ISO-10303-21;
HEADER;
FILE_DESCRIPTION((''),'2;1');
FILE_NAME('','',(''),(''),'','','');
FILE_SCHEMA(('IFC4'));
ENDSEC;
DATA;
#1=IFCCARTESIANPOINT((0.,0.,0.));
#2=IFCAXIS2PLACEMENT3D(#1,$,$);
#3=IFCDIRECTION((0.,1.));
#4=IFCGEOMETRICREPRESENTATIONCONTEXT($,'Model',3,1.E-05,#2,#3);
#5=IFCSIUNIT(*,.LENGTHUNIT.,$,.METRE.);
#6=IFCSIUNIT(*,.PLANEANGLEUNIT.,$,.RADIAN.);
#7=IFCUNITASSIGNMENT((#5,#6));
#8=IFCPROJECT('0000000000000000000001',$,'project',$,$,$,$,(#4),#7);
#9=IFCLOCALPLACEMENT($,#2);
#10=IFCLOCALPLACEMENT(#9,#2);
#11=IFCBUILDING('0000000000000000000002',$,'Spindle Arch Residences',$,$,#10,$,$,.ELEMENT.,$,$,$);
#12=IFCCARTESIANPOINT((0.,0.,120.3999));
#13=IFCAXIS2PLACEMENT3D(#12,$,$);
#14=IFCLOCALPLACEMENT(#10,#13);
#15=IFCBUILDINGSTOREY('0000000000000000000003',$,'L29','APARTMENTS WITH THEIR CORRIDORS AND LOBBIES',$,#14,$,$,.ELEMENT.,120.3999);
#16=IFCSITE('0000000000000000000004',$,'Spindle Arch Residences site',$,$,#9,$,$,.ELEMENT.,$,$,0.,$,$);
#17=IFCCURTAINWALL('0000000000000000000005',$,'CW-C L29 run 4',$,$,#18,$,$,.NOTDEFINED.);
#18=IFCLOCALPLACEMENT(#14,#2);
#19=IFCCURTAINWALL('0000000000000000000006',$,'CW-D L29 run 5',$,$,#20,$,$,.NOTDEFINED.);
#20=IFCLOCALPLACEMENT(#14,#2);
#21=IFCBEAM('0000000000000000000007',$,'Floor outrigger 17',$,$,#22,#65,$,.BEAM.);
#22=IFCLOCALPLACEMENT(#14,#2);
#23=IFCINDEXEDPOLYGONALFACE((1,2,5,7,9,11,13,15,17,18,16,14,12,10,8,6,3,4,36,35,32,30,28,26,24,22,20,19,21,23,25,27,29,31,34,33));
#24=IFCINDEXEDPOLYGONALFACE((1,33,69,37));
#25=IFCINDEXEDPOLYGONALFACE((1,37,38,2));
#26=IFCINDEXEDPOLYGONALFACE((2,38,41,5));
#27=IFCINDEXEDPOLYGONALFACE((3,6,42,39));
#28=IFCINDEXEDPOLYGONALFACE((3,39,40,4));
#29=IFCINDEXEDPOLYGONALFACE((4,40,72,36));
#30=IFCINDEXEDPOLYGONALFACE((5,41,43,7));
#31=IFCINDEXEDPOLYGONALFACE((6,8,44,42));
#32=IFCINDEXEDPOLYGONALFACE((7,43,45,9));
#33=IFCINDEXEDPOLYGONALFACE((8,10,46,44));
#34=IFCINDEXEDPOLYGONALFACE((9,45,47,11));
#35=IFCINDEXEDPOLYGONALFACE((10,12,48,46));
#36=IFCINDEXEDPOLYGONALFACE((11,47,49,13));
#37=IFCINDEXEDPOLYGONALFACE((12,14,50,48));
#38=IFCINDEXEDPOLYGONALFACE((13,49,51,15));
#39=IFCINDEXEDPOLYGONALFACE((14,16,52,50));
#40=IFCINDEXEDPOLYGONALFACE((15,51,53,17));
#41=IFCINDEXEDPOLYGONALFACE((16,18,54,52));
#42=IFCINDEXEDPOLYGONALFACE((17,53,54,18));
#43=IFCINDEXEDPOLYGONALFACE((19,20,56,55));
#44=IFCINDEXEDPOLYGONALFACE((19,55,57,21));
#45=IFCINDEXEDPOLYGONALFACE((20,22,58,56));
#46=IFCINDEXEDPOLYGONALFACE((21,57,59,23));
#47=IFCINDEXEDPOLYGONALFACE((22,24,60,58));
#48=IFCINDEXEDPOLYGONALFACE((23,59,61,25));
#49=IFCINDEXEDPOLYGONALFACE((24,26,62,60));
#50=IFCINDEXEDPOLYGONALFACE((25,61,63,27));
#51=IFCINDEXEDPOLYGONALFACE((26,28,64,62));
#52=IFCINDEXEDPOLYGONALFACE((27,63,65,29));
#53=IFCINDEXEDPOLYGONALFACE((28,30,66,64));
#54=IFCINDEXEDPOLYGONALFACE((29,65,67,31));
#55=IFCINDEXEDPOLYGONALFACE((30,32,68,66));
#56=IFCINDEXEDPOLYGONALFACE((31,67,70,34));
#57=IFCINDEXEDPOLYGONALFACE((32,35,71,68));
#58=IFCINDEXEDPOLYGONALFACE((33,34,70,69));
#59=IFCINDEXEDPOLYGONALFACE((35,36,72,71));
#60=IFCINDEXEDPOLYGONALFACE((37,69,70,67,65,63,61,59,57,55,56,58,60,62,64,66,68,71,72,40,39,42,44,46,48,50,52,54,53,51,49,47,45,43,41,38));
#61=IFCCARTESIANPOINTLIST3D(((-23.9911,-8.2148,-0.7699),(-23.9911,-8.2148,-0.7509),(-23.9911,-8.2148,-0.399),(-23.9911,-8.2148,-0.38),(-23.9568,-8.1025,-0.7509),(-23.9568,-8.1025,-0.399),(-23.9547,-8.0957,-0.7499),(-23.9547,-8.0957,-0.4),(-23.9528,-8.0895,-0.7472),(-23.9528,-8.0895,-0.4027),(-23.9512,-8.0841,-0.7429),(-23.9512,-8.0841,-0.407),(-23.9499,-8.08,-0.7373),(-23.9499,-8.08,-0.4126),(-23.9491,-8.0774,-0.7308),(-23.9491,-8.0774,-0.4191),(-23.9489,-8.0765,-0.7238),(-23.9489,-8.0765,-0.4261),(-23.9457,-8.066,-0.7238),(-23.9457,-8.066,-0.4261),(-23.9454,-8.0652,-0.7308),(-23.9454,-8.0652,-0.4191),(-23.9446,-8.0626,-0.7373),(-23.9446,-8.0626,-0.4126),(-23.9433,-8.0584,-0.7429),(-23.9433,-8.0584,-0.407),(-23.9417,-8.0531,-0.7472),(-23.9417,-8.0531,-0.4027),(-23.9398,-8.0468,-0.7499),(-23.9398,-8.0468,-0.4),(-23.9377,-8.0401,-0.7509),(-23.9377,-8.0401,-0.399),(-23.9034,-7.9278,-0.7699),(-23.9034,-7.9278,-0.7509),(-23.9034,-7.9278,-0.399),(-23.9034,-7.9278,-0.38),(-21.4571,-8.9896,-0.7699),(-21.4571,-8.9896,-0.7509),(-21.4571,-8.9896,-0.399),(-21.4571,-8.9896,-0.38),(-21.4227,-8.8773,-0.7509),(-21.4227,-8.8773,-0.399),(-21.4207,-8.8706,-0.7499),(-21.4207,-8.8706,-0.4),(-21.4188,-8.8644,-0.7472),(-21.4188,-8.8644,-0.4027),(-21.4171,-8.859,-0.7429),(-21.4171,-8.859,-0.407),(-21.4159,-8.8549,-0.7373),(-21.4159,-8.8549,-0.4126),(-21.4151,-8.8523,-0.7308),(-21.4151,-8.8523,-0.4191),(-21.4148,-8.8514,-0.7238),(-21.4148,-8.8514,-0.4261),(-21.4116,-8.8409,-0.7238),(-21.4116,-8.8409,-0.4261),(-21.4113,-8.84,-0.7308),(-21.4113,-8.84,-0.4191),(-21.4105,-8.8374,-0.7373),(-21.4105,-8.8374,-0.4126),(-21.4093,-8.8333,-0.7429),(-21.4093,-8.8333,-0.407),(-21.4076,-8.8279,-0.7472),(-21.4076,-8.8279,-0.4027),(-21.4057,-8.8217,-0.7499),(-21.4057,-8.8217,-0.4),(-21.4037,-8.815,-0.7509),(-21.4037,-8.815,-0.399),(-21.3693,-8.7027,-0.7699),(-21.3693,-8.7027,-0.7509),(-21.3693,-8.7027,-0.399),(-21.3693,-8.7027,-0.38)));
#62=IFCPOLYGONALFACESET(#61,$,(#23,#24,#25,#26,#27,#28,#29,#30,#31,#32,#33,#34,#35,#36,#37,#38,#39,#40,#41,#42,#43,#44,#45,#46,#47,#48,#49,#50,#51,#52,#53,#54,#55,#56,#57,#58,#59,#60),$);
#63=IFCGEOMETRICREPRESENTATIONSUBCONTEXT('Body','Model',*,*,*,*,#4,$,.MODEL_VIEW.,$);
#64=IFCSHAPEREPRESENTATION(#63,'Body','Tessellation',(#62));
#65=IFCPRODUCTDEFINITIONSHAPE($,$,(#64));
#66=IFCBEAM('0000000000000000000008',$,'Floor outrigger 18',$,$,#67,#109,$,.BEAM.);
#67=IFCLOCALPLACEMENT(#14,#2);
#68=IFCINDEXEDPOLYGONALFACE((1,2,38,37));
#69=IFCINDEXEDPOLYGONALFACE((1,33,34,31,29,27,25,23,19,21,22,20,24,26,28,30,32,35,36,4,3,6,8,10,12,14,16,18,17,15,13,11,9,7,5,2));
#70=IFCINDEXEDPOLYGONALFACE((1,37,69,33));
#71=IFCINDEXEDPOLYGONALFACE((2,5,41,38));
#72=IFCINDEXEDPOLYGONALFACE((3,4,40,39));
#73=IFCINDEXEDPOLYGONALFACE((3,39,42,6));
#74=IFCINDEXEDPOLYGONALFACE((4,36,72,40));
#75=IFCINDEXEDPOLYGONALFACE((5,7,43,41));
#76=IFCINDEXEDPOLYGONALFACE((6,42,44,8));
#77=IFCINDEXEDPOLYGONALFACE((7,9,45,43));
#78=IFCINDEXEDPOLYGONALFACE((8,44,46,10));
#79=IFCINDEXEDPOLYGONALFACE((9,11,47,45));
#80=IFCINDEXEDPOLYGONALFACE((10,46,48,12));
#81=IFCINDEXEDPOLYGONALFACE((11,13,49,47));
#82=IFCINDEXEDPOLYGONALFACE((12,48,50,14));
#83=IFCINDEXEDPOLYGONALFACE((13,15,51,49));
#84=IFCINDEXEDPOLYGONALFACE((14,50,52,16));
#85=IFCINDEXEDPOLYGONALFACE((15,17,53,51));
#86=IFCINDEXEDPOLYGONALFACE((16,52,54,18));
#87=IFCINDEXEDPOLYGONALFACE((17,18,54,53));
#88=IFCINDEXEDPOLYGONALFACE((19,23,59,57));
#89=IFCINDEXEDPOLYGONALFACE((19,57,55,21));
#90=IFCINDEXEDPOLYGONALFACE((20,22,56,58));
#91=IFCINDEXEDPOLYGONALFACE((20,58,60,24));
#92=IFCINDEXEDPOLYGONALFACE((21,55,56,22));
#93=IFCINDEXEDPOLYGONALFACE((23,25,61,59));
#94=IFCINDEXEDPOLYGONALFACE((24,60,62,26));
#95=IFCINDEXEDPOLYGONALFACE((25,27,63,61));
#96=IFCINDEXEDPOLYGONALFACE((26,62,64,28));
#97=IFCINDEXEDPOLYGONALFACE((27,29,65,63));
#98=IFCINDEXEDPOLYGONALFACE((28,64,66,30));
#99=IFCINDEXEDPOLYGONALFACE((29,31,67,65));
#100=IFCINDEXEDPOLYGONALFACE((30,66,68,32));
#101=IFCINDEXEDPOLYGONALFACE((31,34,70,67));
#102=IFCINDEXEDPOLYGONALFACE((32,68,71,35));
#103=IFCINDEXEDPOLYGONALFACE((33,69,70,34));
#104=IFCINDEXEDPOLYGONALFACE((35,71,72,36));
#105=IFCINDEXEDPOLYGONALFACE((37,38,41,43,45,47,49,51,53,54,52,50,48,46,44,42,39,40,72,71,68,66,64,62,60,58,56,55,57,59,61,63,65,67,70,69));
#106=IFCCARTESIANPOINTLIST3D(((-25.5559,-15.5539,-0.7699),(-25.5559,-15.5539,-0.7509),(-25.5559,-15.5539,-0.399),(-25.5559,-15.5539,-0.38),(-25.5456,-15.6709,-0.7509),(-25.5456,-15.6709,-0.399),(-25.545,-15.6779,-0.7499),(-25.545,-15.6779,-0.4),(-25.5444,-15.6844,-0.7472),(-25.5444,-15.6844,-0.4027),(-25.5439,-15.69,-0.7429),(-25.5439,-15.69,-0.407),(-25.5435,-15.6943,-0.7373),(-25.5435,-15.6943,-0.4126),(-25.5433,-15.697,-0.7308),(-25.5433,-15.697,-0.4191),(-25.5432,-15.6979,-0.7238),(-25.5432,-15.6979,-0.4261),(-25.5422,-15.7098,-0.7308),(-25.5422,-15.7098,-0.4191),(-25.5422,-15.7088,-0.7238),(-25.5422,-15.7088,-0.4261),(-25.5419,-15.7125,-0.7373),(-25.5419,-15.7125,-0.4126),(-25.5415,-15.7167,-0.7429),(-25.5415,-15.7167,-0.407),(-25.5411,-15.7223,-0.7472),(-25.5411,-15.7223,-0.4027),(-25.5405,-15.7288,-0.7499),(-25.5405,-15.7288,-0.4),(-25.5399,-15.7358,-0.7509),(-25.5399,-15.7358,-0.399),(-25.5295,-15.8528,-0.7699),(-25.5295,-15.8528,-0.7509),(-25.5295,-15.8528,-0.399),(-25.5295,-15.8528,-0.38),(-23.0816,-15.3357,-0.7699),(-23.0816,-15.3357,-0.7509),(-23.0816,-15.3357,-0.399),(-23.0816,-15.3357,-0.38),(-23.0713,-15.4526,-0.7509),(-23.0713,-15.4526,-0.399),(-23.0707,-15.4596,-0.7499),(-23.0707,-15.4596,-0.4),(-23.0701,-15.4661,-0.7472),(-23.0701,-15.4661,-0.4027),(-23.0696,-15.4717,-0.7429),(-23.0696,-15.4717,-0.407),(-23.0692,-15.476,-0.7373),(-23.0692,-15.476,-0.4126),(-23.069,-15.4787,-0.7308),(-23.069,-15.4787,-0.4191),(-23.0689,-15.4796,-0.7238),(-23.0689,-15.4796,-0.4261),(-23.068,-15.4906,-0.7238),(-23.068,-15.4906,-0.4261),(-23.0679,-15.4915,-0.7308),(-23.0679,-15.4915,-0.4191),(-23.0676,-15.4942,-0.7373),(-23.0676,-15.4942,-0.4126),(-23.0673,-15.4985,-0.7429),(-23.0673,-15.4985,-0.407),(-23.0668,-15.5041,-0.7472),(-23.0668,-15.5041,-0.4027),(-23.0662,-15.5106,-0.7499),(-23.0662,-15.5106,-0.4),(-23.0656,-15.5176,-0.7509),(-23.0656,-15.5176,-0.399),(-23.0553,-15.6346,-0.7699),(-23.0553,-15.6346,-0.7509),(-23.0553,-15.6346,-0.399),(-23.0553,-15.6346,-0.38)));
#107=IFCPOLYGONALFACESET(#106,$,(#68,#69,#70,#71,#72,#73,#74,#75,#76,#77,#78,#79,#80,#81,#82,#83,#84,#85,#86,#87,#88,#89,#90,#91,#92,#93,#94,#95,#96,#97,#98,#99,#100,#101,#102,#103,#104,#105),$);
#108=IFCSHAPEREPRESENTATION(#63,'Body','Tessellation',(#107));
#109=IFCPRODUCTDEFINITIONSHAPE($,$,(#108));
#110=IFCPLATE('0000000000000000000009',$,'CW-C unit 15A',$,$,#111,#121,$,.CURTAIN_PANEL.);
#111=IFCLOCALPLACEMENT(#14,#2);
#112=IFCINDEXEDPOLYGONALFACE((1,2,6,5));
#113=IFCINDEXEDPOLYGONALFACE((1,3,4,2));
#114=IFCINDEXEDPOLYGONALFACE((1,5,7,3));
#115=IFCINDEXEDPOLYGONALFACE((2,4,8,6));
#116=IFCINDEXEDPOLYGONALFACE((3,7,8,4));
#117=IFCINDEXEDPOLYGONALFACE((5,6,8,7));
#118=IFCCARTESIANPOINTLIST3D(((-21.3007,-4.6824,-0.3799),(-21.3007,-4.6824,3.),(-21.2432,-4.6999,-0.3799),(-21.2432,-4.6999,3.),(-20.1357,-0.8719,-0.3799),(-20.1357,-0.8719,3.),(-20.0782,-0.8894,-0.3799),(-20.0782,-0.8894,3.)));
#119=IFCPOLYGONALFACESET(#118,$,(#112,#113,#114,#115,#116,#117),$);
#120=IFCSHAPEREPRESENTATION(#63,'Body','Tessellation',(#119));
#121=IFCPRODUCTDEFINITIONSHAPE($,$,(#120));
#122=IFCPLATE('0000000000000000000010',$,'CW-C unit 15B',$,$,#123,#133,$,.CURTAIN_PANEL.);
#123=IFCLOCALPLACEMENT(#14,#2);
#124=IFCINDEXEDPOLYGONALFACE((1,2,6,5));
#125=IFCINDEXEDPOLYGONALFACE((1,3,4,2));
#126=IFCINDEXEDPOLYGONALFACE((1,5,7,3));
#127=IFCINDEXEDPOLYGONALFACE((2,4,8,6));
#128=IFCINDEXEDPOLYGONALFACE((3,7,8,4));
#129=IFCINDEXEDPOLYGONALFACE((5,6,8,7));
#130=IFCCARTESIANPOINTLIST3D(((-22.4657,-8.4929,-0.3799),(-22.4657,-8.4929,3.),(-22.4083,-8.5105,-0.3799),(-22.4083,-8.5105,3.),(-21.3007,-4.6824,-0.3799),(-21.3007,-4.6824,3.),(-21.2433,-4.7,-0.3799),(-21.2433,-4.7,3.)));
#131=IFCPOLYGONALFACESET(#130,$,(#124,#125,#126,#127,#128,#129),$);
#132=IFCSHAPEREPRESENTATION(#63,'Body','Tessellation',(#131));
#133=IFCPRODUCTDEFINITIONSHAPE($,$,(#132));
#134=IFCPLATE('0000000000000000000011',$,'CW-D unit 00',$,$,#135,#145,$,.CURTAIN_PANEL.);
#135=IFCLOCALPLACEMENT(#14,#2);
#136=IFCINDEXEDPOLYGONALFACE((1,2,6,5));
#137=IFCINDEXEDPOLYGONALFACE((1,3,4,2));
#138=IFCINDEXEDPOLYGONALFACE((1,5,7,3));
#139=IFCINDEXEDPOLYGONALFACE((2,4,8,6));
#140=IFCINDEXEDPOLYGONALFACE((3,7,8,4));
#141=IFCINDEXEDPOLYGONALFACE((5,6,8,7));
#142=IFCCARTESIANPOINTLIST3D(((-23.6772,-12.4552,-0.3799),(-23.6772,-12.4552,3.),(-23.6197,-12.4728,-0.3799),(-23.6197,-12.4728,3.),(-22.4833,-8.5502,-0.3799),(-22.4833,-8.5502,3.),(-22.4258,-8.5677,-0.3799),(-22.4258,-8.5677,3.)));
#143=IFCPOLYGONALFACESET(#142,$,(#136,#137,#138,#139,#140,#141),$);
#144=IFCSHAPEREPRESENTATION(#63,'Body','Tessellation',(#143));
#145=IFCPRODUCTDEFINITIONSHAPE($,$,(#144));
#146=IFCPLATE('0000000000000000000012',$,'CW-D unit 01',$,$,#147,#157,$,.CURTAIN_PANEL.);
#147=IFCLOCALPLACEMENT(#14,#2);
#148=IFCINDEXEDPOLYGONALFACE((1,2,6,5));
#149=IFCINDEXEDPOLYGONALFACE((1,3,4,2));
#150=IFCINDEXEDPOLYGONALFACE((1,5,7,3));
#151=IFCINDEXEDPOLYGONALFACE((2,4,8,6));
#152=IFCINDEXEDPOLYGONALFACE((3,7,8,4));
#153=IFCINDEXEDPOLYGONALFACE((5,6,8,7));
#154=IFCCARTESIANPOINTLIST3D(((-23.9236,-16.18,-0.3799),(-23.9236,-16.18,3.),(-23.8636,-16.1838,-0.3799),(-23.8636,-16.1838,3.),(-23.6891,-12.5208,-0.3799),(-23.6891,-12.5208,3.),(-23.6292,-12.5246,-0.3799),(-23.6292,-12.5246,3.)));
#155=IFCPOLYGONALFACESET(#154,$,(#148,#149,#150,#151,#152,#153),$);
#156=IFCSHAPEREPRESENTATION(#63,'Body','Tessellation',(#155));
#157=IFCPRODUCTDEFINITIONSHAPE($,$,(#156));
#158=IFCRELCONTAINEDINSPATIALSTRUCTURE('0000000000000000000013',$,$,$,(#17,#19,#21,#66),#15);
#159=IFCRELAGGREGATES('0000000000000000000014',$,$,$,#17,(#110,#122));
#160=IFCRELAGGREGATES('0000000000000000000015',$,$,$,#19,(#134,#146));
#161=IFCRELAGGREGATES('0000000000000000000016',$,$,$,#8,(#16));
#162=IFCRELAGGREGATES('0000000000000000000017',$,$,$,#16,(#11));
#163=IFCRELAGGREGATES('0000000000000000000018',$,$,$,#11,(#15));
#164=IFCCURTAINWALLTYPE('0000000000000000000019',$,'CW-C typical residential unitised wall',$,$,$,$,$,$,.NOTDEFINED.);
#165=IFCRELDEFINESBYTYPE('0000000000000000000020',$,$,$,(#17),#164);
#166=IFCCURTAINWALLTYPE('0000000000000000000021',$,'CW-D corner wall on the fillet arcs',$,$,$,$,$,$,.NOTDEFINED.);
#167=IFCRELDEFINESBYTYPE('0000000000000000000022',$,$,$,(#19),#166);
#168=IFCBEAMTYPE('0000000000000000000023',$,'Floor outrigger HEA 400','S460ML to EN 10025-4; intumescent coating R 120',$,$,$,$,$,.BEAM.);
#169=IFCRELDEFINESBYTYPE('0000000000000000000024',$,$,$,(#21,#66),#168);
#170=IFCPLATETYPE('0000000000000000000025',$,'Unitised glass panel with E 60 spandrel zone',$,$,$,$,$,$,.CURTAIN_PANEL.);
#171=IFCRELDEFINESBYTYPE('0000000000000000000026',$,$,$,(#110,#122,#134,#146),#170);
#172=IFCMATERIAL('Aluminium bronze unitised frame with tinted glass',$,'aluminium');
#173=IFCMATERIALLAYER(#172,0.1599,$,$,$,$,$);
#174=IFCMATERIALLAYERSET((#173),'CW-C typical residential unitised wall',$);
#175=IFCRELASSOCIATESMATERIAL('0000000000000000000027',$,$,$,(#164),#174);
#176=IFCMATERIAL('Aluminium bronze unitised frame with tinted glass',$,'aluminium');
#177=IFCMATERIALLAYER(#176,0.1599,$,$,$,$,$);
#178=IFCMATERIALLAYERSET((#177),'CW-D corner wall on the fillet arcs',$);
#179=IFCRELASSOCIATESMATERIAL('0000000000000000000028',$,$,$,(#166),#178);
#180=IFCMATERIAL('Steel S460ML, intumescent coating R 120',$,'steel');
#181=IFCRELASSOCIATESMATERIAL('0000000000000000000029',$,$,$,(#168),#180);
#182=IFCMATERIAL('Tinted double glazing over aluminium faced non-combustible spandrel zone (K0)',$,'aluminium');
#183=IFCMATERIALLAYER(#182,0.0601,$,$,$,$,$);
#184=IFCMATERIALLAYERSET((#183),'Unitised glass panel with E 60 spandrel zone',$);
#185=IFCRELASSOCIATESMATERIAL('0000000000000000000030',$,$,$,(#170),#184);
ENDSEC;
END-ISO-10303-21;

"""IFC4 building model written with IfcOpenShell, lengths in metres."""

from ifc_helpers import new_model, si_unit, direction, frame, origin, origin_2d, place, context, subcontext, project, spatial, rectangle, i_section, extrude, material, layer, layer_set, material_profile, profile_set, type_object, element, aggregate, save


model = new_model("IFC4")

# Units and contexts
model_context = context("Model", 3, precision=1e-05, world=origin(), true_north=direction((0.0, 1.0)))
body_context = subcontext(model_context, "Body", "Model", "MODEL_VIEW")
ifc_project = project(units=[si_unit("LENGTHUNIT", "METRE"), si_unit("PLANEANGLEUNIT", "RADIAN")], contexts=[model_context])

# Site, building, storey
site_placement = place(None, origin())
site = spatial("IfcSite", under=ifc_project, at=site_placement, Name="Spindle Arch Residences site", CompositionType="ELEMENT", RefElevation=0.0)
building_placement = place(site_placement, origin())
building = spatial("IfcBuilding", under=site, at=building_placement, Name="Spindle Arch Residences", CompositionType="ELEMENT")
storey_placement = place(building_placement, frame((0.0, 0.0, 120.3999)))
storey = spatial("IfcBuildingStorey", under=building, at=storey_placement, Name="L29", Description="APARTMENTS WITH THEIR CORRIDORS AND LOBBIES", CompositionType="ELEMENT", Elevation=120.3999)

# Curtain wall
ifc_material_1 = material(Name="Aluminium bronze unitised frame with tinted glass", Category="aluminium")
ifc_layer_1 = layer(ifc_material_1, 0.1599)
ifc_layer_set_1 = layer_set([ifc_layer_1], Name="CW-C typical residential unitised wall")
curtain_wall_type_1 = type_object("IfcCurtainWallType", Name="CW-C typical residential unitised wall", PredefinedType="NOTDEFINED", material=ifc_layer_set_1)
curtain_wall_1_placement = place(storey_placement, origin())
curtain_wall_1 = element("IfcCurtainWall", 1, at=curtain_wall_1_placement, inside=storey, type_object=curtain_wall_type_1, Name="CW-C L29 run 4", PredefinedType="NOTDEFINED")

# Curtain wall
ifc_material_2 = material(Name="Aluminium bronze unitised frame with tinted glass", Category="aluminium")
ifc_layer_2 = layer(ifc_material_2, 0.1599)
ifc_layer_set_2 = layer_set([ifc_layer_2], Name="CW-D corner wall on the fillet arcs")
curtain_wall_type_2 = type_object("IfcCurtainWallType", Name="CW-D corner wall on the fillet arcs", PredefinedType="NOTDEFINED", material=ifc_layer_set_2)
curtain_wall_2_placement = place(storey_placement, origin())
curtain_wall_2 = element("IfcCurtainWall", 2, at=curtain_wall_2_placement, inside=storey, type_object=curtain_wall_type_2, Name="CW-D L29 run 5", PredefinedType="NOTDEFINED")

# Beams
ifc_material_3 = material(Name="Steel S460ML, intumescent coating R 120", Category="steel")
ifc_material_profile_1 = material_profile(ifc_material_3, i_section(OverallWidth=0.3, OverallDepth=0.3899, WebThickness=0.011, FlangeThickness=0.019, FilletRadius=0.0271, at=origin_2d()), Name="HEA 400")
ifc_profile_set_1 = profile_set([ifc_material_profile_1], Name="Steel S460ML, intumescent coating R 120")
beam_type_1 = type_object("IfcBeamType", Name="Floor outrigger HEA 400", Description="S460ML to EN 10025-4; intumescent coating R 120", PredefinedType="BEAM", material=ifc_profile_set_1)
for number, where, z_axis, x_axis, name in (
    (3, (-23.9473, -8.0713, -0.575), (0.956291, -0.292415, 0.0), (0.292415, 0.956291, 0.0), "Floor outrigger 17"),
):
    element("IfcBeam", number, at=place(storey_placement, frame(where, z_axis=z_axis, x_axis=x_axis)), inside=storey, type_object=beam_type_1, Name=name, PredefinedType="BEAM", context=body_context, shape_type="SweptSolid", body=[
        extrude(i_section(OverallWidth=0.3, OverallDepth=0.3899, WebThickness=0.011, FlangeThickness=0.019, FilletRadius=0.0271, at=origin_2d()), origin(), (0.0, 0.0, 1.0), 2.6499),
    ])
beam_1_placement = place(storey_placement, frame((-25.5427, -15.7034, -0.575), z_axis=(0.996132, 0.087868, 0.0), x_axis=(-0.087868, 0.996132, 0.0)))
element("IfcBeam", 4, at=beam_1_placement, inside=storey, type_object=beam_type_1, Name="Floor outrigger 18", PredefinedType="BEAM", context=body_context, shape_type="SweptSolid", body=[
    extrude(i_section(OverallWidth=0.3, OverallDepth=0.3899, WebThickness=0.011, FlangeThickness=0.019, FilletRadius=0.0271, at=origin_2d()), origin(), (0.0, 0.0, 1.0), 2.4839),
])

# Plates
ifc_material_4 = material(Name="Tinted double glazing over aluminium faced non-combustible spandrel zone (K0)", Category="aluminium")
ifc_layer_3 = layer(ifc_material_4, 0.0601)
ifc_layer_set_3 = layer_set([ifc_layer_3], Name="Unitised glass panel with E 60 spandrel zone")
plate_type = type_object("IfcPlateType", Name="Unitised glass panel with E 60 spandrel zone", PredefinedType="CURTAIN_PANEL", material=ifc_layer_set_3)
plate_1_placement = place(storey_placement, frame((-20.6895, -2.7859, -0.3799), z_axis=(0.0, 0.0, 1.0), x_axis=(-0.292372, -0.956305, 0.0)))
plate_1 = element("IfcPlate", 5, at=plate_1_placement, type_object=plate_type, Name="CW-C unit 15A", PredefinedType="CURTAIN_PANEL", context=body_context, shape_type="SweptSolid", body=[
    extrude(rectangle(XDim=3.9846, YDim=0.0601, at=origin_2d()), origin(), (0.0, 0.0, 1.0), 3.3799),
])
plate_2_placement = place(storey_placement, frame((-21.8545, -6.5964, -0.3799), z_axis=(0.0, 0.0, 1.0), x_axis=(-0.292372, -0.956305, 0.0)))
plate_2 = element("IfcPlate", 6, at=plate_2_placement, type_object=plate_type, Name="CW-C unit 15B", PredefinedType="CURTAIN_PANEL", context=body_context, shape_type="SweptSolid", body=[
    extrude(rectangle(XDim=3.9846, YDim=0.0601, at=origin_2d()), origin(), (0.0, 0.0, 1.0), 3.3799),
])
aggregate(curtain_wall_1, [plate_1, plate_2])
plate_3_placement = place(storey_placement, frame((-23.0515, -10.5115, -0.3799), z_axis=(0.0, 0.0, 1.0), x_axis=(-0.292372, -0.956305, 0.0)))
plate_3 = element("IfcPlate", 7, at=plate_3_placement, type_object=plate_type, Name="CW-D unit 00", PredefinedType="CURTAIN_PANEL", context=body_context, shape_type="SweptSolid", body=[
    extrude(rectangle(XDim=4.0835, YDim=0.0601, at=origin_2d()), origin(), (0.0, 0.0, 1.0), 3.3799),
])
plate_4_placement = place(storey_placement, frame((-23.7764, -14.3523, -0.3799), z_axis=(0.0, 0.0, 1.0), x_axis=(-0.063952, -0.997953, 0.0)))
plate_4 = element("IfcPlate", 8, at=plate_4_placement, type_object=plate_type, Name="CW-D unit 01", PredefinedType="CURTAIN_PANEL", context=body_context, shape_type="SweptSolid", body=[
    extrude(rectangle(XDim=3.6667, YDim=0.0601, at=origin_2d()), origin(), (0.0, 0.0, 1.0), 3.3799),
])
aggregate(curtain_wall_2, [plate_3, plate_4])

save(model, "model.ifc")
